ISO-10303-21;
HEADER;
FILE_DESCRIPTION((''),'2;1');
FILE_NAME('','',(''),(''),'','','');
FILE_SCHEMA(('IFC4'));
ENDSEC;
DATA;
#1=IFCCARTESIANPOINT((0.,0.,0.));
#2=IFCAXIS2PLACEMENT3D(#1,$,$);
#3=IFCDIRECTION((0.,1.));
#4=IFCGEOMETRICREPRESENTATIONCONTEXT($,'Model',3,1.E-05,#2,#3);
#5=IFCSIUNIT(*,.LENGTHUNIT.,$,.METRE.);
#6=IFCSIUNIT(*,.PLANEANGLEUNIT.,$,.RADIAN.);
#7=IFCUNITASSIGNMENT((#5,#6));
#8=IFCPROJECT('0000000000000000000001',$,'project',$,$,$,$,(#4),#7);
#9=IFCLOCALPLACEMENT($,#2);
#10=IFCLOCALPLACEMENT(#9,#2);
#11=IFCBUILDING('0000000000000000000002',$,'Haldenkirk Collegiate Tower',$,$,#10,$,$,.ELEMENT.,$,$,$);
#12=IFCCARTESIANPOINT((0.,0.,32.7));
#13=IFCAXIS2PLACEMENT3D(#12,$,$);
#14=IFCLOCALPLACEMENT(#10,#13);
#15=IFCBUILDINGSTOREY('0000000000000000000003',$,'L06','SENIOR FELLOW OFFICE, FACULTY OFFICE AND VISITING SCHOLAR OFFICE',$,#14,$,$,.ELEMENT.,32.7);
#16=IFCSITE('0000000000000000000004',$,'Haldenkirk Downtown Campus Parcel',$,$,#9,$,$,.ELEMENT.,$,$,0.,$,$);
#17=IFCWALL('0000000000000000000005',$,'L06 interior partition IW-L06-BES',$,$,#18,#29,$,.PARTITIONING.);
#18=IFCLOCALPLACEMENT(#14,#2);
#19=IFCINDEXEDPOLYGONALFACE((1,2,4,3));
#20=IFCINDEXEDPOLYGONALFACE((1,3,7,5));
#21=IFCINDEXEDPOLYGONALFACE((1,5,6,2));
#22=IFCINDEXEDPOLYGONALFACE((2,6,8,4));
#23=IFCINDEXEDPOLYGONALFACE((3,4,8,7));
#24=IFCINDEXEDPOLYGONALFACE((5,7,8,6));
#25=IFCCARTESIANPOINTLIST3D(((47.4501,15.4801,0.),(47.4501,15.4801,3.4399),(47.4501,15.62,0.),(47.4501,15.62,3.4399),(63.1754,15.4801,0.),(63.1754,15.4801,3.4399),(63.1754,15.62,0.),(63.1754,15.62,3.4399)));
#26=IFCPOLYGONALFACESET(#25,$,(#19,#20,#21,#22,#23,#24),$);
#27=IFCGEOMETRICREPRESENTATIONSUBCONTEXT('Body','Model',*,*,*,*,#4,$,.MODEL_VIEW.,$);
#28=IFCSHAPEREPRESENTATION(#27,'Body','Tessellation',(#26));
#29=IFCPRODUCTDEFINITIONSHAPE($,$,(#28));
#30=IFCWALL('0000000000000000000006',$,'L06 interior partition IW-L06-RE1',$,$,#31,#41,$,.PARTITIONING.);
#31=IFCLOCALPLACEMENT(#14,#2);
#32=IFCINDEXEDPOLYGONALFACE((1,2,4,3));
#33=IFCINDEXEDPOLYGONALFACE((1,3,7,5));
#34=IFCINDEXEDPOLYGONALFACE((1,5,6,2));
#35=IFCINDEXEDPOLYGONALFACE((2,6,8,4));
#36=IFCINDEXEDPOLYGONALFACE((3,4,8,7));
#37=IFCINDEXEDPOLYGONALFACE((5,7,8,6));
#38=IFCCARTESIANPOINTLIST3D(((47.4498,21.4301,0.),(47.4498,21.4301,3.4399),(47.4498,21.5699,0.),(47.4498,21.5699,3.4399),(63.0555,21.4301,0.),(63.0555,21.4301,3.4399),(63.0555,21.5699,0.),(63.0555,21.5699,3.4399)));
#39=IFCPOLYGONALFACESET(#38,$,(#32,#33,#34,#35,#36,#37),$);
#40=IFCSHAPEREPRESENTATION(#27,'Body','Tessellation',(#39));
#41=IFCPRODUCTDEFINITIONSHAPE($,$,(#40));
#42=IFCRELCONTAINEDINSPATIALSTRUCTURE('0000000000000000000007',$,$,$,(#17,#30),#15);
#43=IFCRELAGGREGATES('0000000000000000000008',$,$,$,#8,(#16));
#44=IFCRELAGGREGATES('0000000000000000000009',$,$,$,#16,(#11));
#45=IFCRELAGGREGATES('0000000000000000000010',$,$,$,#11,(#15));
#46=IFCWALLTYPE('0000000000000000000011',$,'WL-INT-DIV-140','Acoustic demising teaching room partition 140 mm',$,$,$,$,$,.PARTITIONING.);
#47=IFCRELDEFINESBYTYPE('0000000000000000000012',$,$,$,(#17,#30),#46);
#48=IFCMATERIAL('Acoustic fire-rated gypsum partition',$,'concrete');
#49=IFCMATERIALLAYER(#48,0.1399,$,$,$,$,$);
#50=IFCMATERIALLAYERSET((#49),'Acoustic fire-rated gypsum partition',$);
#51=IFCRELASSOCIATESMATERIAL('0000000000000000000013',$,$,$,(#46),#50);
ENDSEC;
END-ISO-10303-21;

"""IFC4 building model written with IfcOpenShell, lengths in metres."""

from ifc_helpers import new_model, si_unit, direction, frame, frame_2d, origin, place, context, subcontext, project, spatial, rectangle, extrude, material, layer, layer_set, type_object, element, save


model = new_model("IFC4")

# Units and contexts
model_context = context("Model", 3, precision=1e-05, world=origin(), true_north=direction((0.0, 1.0)))
body_context = subcontext(model_context, "Body", "Model", "MODEL_VIEW")
ifc_project = project(units=[si_unit("LENGTHUNIT", "METRE"), si_unit("PLANEANGLEUNIT", "RADIAN")], contexts=[model_context])

# Site, building, storey
site_placement = place(None, origin())
site = spatial("IfcSite", under=ifc_project, at=site_placement, Name="Haldenkirk Downtown Campus Parcel", CompositionType="ELEMENT", RefElevation=0.0)
building_placement = place(site_placement, origin())
building = spatial("IfcBuilding", under=site, at=building_placement, Name="Haldenkirk Collegiate Tower", CompositionType="ELEMENT")
storey_placement = place(building_placement, frame((0.0, 0.0, 32.7)))
storey = spatial("IfcBuildingStorey", under=building, at=storey_placement, Name="L06", Description="SENIOR FELLOW OFFICE, FACULTY OFFICE AND VISITING SCHOLAR OFFICE", CompositionType="ELEMENT", Elevation=32.7)

# Shared definitions
ifc_material_1 = material(Name="Acoustic fire-rated gypsum partition", Category="concrete")

# Walls
ifc_layer_1 = layer(ifc_material_1, 0.1399)
ifc_layer_set_1 = layer_set([ifc_layer_1], Name="Acoustic fire-rated gypsum partition")
wall_type_1 = type_object("IfcWallType", Name="WL-INT-DIV-140", Description="Acoustic demising teaching room partition 140 mm", PredefinedType="PARTITIONING", material=ifc_layer_set_1)
wall_1_placement = place(storey_placement, frame((47.45, 15.55, 0.0), z_axis=(0.0, 0.0, 1.0), x_axis=(1.0, 0.0, 0.0)))
element("IfcWall", 1, at=wall_1_placement, inside=storey, type_object=wall_type_1, Name="L06 interior partition IW-L06-BES", PredefinedType="PARTITIONING", context=body_context, shape_type="SweptSolid", body=[
    extrude(rectangle(XDim=15.7253, YDim=0.1399, at=frame_2d((7.8628, 0.0))), origin(), (0.0, 0.0, 1.0), 3.4399),
])
wall_2_placement = place(storey_placement, frame((47.45, 21.5, 0.0), z_axis=(0.0, 0.0, 1.0), x_axis=(1.0, 0.0, 0.0)))
element("IfcWall", 2, at=wall_2_placement, inside=storey, type_object=wall_type_1, Name="L06 interior partition IW-L06-RE1", PredefinedType="PARTITIONING", context=body_context, shape_type="SweptSolid", body=[
    extrude(rectangle(XDim=15.6057, YDim=0.1399, at=frame_2d((7.8027, 0.0))), origin(), (0.0, 0.0, 1.0), 3.4399),
])

save(model, "model.ifc")
